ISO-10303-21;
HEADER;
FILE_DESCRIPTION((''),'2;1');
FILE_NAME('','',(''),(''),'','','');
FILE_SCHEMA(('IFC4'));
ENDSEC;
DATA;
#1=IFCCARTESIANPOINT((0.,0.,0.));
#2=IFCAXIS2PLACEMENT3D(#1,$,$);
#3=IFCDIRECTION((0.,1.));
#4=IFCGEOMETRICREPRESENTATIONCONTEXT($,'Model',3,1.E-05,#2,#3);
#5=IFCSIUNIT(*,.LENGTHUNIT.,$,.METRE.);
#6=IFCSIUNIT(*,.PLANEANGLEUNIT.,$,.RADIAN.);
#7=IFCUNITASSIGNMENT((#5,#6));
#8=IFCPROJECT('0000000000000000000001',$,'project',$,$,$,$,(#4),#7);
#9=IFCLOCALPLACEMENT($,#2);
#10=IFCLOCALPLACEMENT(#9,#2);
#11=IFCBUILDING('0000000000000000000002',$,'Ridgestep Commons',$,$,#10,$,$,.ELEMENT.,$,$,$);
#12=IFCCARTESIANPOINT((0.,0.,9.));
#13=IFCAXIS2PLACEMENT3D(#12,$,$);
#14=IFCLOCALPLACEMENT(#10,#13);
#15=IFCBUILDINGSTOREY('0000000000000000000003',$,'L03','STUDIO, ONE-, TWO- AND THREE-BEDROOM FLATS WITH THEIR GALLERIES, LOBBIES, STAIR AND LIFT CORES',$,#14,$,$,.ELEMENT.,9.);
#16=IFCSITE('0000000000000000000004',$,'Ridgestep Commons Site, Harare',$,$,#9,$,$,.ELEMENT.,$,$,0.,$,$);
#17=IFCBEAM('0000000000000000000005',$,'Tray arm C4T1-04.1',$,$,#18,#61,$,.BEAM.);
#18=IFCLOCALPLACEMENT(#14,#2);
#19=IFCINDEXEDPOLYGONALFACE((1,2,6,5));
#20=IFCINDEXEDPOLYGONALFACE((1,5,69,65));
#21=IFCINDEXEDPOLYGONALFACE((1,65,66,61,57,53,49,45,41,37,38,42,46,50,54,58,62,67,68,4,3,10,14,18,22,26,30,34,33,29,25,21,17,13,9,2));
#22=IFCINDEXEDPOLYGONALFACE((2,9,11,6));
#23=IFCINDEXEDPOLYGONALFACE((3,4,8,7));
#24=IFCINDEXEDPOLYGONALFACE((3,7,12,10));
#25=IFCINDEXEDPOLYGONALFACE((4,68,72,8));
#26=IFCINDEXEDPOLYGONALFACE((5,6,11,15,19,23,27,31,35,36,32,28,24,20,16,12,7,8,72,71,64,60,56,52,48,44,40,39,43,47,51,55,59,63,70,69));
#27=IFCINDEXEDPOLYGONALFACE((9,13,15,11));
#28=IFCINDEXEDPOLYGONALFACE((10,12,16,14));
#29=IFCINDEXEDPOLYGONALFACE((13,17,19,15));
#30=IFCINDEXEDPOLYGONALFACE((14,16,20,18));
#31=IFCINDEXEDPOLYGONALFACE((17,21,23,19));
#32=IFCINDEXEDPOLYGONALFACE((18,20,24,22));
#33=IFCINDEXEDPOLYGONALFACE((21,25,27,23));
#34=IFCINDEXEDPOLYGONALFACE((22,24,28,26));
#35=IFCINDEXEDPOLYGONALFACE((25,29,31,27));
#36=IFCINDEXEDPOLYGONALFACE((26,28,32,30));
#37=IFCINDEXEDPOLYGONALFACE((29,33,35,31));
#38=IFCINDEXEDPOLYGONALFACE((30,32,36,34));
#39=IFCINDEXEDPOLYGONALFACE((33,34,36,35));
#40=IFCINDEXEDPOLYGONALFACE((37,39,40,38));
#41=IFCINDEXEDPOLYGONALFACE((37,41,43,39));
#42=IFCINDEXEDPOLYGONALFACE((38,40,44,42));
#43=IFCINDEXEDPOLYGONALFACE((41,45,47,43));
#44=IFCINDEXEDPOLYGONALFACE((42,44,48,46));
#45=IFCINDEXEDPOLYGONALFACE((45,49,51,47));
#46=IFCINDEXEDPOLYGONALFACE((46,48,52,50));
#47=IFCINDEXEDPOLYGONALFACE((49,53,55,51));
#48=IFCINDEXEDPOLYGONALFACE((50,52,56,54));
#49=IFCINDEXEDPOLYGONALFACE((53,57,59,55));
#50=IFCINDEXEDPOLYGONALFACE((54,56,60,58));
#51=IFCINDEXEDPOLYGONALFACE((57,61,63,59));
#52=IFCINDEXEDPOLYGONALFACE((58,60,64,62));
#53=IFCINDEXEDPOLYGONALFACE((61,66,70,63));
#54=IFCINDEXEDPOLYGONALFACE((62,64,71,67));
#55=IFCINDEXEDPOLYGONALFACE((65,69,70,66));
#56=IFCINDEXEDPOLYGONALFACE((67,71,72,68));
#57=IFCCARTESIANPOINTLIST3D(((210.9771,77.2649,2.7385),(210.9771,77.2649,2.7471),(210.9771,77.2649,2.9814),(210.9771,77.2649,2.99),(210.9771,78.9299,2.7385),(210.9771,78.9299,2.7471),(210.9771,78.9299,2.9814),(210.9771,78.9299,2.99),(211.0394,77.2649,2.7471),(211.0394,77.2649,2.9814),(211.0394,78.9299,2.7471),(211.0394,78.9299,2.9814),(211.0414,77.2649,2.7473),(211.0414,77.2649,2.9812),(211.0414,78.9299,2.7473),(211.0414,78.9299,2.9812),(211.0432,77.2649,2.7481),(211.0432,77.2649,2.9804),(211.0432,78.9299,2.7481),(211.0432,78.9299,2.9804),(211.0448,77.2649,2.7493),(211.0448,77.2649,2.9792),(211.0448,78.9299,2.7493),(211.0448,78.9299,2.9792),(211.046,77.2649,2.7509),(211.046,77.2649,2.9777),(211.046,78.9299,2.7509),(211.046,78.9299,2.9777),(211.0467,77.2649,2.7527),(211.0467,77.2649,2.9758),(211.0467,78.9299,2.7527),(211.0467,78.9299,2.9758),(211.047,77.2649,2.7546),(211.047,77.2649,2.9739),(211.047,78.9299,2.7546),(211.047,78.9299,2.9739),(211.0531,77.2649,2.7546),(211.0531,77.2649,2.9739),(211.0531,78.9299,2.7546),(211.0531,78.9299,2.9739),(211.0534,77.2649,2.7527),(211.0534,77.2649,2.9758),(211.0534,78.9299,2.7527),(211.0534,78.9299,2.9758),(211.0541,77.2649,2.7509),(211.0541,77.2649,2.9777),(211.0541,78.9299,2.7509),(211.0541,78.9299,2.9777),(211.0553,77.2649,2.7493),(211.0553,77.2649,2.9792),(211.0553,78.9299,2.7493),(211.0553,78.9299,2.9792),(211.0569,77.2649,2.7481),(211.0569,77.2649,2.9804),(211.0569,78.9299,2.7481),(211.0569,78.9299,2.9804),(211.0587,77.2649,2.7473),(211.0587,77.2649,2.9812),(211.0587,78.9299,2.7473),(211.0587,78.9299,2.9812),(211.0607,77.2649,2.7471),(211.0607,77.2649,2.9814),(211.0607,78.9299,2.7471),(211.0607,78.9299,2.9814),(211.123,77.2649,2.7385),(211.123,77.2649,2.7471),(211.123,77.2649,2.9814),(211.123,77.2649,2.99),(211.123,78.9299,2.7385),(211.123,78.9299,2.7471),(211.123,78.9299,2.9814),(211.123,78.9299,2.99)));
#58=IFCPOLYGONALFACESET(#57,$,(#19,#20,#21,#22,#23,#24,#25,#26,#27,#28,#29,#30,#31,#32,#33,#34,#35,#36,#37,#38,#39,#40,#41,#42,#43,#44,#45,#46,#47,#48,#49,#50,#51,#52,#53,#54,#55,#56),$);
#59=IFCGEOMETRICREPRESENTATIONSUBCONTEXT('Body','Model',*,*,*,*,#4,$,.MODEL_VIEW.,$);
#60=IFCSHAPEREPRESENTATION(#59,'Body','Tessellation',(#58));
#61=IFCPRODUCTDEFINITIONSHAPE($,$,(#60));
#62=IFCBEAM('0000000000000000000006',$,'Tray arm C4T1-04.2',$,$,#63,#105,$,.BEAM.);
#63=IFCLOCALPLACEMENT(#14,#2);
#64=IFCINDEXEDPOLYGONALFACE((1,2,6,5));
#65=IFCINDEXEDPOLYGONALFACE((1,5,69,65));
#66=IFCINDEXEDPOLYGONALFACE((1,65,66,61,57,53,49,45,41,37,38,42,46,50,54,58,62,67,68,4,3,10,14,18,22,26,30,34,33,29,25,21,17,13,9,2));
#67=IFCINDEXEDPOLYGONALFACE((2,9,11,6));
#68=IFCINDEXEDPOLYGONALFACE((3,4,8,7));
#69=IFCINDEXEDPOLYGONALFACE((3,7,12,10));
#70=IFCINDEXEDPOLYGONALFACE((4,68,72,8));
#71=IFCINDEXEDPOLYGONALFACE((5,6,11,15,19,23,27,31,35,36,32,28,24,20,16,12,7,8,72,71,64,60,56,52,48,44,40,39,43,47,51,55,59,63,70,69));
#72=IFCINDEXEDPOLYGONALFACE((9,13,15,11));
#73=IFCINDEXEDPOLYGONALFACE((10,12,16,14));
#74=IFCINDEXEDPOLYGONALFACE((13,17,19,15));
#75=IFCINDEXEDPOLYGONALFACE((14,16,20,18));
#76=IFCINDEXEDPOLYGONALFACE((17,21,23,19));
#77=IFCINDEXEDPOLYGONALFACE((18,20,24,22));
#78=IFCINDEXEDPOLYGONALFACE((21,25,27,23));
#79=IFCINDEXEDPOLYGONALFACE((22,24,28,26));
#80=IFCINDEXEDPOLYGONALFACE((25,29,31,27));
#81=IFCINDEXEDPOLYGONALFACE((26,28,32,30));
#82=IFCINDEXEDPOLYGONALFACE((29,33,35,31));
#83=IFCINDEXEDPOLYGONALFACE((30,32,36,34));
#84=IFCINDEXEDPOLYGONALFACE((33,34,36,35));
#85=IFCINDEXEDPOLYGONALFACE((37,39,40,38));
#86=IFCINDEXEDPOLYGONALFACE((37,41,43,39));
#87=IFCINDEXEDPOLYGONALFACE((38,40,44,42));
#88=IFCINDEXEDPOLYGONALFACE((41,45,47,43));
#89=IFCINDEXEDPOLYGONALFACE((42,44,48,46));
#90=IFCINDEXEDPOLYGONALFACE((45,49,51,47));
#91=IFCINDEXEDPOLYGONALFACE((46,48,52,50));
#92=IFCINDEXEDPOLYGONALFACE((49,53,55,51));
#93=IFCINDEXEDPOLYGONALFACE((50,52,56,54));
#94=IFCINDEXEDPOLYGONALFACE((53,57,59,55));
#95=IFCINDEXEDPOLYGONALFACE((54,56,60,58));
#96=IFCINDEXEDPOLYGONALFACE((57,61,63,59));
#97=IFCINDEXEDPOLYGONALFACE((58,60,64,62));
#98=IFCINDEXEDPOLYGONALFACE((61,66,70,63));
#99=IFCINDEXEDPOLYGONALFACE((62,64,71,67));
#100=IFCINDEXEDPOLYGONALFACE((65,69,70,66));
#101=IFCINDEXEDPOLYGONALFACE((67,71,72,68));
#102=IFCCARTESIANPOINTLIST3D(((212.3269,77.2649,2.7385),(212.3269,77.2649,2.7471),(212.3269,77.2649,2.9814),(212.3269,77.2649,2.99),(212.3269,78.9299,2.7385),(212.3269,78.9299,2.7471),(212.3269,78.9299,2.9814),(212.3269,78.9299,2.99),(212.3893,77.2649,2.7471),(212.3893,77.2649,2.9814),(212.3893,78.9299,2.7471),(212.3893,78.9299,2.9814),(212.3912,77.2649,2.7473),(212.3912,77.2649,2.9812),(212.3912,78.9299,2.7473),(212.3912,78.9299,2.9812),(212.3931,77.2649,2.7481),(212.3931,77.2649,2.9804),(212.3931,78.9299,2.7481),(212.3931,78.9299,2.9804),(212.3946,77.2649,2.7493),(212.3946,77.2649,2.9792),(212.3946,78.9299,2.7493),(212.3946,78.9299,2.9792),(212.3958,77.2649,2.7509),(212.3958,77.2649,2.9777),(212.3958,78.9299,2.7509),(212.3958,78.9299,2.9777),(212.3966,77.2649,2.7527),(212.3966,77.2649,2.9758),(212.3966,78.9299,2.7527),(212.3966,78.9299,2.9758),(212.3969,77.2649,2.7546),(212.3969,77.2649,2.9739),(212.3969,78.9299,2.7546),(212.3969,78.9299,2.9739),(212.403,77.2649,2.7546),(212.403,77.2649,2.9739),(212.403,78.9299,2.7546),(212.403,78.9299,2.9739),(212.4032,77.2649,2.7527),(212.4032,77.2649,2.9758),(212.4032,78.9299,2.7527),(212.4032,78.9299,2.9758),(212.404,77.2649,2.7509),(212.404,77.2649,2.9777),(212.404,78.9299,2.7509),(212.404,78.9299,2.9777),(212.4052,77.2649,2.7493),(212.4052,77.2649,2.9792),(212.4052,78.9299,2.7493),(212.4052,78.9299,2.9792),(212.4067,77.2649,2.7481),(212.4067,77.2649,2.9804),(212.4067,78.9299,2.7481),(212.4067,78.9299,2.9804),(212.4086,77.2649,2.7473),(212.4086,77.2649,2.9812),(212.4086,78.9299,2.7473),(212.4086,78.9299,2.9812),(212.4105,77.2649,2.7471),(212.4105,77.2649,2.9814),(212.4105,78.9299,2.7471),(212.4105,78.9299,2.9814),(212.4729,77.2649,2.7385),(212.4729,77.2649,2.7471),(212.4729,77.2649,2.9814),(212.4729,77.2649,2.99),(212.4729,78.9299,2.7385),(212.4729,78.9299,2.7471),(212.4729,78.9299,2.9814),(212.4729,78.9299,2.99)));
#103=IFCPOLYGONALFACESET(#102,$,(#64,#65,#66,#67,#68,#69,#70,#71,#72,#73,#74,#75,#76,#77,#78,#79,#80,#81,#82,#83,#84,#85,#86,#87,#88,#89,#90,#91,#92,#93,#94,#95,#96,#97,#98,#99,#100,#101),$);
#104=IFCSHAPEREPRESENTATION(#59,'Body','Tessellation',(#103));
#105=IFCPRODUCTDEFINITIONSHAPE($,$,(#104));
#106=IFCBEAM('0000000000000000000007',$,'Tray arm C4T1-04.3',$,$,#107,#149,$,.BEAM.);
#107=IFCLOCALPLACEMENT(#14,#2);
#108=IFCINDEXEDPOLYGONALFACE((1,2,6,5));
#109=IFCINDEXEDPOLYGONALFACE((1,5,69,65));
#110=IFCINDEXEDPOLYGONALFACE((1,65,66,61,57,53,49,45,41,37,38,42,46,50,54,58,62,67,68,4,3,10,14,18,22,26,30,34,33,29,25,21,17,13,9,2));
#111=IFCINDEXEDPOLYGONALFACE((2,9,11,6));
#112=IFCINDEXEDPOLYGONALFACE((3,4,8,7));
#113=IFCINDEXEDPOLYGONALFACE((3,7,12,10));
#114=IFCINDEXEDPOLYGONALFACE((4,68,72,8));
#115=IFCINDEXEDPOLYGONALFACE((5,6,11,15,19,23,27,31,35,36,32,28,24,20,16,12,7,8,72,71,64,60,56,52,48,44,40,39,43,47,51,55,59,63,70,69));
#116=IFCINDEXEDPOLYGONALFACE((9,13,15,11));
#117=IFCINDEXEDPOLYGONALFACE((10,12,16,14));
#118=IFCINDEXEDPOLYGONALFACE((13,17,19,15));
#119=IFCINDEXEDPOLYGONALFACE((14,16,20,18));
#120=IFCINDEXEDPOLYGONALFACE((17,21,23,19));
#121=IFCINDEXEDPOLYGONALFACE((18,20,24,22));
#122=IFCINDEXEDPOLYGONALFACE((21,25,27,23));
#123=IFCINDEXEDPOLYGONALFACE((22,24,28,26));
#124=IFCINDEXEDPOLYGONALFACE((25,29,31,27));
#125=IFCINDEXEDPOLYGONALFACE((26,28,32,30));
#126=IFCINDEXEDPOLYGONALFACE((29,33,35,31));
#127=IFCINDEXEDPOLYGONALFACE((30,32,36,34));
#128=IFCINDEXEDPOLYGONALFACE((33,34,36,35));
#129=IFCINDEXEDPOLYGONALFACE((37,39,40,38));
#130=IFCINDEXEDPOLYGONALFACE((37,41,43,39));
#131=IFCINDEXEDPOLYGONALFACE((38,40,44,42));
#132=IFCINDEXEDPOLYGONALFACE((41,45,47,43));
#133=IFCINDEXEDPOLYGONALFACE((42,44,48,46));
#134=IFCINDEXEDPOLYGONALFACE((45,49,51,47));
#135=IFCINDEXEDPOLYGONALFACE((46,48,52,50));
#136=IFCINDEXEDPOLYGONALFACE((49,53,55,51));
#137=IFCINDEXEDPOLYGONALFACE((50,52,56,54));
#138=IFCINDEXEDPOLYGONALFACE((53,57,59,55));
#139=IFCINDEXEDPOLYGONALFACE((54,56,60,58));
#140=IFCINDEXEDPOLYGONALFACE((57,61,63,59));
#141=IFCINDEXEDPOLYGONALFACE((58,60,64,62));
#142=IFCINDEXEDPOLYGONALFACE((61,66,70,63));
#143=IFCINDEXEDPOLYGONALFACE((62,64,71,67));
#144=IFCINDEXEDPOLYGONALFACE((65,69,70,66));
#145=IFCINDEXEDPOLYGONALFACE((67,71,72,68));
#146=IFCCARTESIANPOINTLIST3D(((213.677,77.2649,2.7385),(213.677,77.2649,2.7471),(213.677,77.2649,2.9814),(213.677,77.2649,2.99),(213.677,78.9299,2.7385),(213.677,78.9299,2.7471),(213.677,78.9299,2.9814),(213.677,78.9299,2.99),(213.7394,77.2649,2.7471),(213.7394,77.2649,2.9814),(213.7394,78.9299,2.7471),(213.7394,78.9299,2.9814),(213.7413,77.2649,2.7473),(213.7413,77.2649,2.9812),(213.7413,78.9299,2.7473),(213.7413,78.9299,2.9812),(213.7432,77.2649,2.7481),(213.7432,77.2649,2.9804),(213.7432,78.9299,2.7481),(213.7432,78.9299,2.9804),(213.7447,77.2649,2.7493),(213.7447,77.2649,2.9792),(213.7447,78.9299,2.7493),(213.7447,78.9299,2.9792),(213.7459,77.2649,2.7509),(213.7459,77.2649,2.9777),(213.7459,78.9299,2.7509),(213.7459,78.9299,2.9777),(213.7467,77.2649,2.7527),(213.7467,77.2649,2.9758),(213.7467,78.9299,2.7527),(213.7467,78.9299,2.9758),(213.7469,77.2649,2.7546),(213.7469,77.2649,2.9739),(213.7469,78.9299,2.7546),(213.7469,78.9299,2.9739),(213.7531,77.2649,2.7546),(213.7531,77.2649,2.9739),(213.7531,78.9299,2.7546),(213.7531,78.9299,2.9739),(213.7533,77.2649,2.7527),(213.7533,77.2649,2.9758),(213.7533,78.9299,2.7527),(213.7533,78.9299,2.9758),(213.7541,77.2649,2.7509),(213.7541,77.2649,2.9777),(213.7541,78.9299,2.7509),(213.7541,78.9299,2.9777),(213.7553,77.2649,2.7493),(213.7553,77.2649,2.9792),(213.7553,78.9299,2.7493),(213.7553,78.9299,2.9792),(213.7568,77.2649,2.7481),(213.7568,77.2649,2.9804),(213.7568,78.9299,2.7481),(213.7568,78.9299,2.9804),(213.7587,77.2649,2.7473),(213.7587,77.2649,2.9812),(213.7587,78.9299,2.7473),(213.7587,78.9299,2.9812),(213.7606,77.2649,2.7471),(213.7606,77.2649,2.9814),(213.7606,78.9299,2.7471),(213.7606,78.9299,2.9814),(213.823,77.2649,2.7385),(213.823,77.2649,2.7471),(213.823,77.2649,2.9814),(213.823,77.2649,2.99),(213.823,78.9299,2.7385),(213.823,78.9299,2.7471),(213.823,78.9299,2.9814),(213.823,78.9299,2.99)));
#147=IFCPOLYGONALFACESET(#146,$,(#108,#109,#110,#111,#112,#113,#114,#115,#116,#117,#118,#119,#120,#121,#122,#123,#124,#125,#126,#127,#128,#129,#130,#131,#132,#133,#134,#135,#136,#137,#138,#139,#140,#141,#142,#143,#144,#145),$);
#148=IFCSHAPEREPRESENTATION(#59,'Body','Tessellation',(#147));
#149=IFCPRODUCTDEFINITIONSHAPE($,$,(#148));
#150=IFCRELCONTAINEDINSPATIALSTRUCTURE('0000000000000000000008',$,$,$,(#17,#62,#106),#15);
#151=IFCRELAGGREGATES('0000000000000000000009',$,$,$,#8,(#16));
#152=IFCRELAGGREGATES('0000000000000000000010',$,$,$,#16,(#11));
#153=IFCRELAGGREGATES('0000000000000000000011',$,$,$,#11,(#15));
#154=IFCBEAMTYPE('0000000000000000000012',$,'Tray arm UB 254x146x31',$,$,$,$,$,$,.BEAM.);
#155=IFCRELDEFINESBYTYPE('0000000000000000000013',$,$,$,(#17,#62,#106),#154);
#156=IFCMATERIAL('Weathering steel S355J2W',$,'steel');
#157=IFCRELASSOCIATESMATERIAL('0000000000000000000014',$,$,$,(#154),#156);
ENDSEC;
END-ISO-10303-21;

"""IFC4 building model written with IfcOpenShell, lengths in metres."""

from ifc_helpers import new_model, si_unit, direction, frame, origin, origin_2d, place, context, subcontext, project, spatial, i_section, extrude, material, material_profile, profile_set, type_object, element, save


model = new_model("IFC4")

# Units and contexts
model_context = context("Model", 3, precision=1e-05, world=origin(), true_north=direction((0.0, 1.0)))
body_context = subcontext(model_context, "Body", "Model", "MODEL_VIEW")
ifc_project = project(units=[si_unit("LENGTHUNIT", "METRE"), si_unit("PLANEANGLEUNIT", "RADIAN")], contexts=[model_context])

# Site, building, storey
site_placement = place(None, origin())
site = spatial("IfcSite", under=ifc_project, at=site_placement, Name="Ridgestep Commons Site, Harare", CompositionType="ELEMENT", RefElevation=0.0)
building_placement = place(site_placement, origin())
building = spatial("IfcBuilding", under=site, at=building_placement, Name="Ridgestep Commons", CompositionType="ELEMENT")
storey_placement = place(building_placement, frame((0.0, 0.0, 9.0)))
storey = spatial("IfcBuildingStorey", under=building, at=storey_placement, Name="L03", Description="STUDIO, ONE-, TWO- AND THREE-BEDROOM FLATS WITH THEIR GALLERIES, LOBBIES, STAIR AND LIFT CORES", CompositionType="ELEMENT", Elevation=9.0)

# Beams
ifc_material_1 = material(Name="Weathering steel S355J2W", Category="steel")
ifc_material_profile_1 = material_profile(ifc_material_1, i_section(OverallWidth=0.146, OverallDepth=0.2515, WebThickness=0.0061, FlangeThickness=0.0085, FilletRadius=0.0076, at=origin_2d()), Name="UB 254x146x31")
ifc_profile_set_1 = profile_set([ifc_material_profile_1], Name="Weathering steel S355J2W")
beam_type_1 = type_object("IfcBeamType", Name="Tray arm UB 254x146x31", PredefinedType="BEAM", material=ifc_profile_set_1)
for number, where, z_axis, x_axis, name in (
    (1, (211.05, 77.2649, 2.8643), (0.0, 1.0, 0.0), (-1.0, 0.0, 0.0), "Tray arm C4T1-04.1"),
    (2, (212.3999, 77.2649, 2.8643), (0.0, 1.0, 0.0), (-1.0, 0.0, 0.0), "Tray arm C4T1-04.2"),
    (3, (213.75, 77.2649, 2.8643), (0.0, 1.0, 0.0), (-1.0, 0.0, 0.0), "Tray arm C4T1-04.3"),
):
    element("IfcBeam", number, at=place(storey_placement, frame(where, z_axis=z_axis, x_axis=x_axis)), inside=storey, type_object=beam_type_1, Name=name, PredefinedType="BEAM", context=body_context, shape_type="SweptSolid", body=[
        extrude(i_section(OverallWidth=0.146, OverallDepth=0.2515, WebThickness=0.0061, FlangeThickness=0.0085, FilletRadius=0.0076, at=origin_2d()), origin(), (0.0, 0.0, 1.0), 1.665),
    ])

save(model, "model.ifc")
